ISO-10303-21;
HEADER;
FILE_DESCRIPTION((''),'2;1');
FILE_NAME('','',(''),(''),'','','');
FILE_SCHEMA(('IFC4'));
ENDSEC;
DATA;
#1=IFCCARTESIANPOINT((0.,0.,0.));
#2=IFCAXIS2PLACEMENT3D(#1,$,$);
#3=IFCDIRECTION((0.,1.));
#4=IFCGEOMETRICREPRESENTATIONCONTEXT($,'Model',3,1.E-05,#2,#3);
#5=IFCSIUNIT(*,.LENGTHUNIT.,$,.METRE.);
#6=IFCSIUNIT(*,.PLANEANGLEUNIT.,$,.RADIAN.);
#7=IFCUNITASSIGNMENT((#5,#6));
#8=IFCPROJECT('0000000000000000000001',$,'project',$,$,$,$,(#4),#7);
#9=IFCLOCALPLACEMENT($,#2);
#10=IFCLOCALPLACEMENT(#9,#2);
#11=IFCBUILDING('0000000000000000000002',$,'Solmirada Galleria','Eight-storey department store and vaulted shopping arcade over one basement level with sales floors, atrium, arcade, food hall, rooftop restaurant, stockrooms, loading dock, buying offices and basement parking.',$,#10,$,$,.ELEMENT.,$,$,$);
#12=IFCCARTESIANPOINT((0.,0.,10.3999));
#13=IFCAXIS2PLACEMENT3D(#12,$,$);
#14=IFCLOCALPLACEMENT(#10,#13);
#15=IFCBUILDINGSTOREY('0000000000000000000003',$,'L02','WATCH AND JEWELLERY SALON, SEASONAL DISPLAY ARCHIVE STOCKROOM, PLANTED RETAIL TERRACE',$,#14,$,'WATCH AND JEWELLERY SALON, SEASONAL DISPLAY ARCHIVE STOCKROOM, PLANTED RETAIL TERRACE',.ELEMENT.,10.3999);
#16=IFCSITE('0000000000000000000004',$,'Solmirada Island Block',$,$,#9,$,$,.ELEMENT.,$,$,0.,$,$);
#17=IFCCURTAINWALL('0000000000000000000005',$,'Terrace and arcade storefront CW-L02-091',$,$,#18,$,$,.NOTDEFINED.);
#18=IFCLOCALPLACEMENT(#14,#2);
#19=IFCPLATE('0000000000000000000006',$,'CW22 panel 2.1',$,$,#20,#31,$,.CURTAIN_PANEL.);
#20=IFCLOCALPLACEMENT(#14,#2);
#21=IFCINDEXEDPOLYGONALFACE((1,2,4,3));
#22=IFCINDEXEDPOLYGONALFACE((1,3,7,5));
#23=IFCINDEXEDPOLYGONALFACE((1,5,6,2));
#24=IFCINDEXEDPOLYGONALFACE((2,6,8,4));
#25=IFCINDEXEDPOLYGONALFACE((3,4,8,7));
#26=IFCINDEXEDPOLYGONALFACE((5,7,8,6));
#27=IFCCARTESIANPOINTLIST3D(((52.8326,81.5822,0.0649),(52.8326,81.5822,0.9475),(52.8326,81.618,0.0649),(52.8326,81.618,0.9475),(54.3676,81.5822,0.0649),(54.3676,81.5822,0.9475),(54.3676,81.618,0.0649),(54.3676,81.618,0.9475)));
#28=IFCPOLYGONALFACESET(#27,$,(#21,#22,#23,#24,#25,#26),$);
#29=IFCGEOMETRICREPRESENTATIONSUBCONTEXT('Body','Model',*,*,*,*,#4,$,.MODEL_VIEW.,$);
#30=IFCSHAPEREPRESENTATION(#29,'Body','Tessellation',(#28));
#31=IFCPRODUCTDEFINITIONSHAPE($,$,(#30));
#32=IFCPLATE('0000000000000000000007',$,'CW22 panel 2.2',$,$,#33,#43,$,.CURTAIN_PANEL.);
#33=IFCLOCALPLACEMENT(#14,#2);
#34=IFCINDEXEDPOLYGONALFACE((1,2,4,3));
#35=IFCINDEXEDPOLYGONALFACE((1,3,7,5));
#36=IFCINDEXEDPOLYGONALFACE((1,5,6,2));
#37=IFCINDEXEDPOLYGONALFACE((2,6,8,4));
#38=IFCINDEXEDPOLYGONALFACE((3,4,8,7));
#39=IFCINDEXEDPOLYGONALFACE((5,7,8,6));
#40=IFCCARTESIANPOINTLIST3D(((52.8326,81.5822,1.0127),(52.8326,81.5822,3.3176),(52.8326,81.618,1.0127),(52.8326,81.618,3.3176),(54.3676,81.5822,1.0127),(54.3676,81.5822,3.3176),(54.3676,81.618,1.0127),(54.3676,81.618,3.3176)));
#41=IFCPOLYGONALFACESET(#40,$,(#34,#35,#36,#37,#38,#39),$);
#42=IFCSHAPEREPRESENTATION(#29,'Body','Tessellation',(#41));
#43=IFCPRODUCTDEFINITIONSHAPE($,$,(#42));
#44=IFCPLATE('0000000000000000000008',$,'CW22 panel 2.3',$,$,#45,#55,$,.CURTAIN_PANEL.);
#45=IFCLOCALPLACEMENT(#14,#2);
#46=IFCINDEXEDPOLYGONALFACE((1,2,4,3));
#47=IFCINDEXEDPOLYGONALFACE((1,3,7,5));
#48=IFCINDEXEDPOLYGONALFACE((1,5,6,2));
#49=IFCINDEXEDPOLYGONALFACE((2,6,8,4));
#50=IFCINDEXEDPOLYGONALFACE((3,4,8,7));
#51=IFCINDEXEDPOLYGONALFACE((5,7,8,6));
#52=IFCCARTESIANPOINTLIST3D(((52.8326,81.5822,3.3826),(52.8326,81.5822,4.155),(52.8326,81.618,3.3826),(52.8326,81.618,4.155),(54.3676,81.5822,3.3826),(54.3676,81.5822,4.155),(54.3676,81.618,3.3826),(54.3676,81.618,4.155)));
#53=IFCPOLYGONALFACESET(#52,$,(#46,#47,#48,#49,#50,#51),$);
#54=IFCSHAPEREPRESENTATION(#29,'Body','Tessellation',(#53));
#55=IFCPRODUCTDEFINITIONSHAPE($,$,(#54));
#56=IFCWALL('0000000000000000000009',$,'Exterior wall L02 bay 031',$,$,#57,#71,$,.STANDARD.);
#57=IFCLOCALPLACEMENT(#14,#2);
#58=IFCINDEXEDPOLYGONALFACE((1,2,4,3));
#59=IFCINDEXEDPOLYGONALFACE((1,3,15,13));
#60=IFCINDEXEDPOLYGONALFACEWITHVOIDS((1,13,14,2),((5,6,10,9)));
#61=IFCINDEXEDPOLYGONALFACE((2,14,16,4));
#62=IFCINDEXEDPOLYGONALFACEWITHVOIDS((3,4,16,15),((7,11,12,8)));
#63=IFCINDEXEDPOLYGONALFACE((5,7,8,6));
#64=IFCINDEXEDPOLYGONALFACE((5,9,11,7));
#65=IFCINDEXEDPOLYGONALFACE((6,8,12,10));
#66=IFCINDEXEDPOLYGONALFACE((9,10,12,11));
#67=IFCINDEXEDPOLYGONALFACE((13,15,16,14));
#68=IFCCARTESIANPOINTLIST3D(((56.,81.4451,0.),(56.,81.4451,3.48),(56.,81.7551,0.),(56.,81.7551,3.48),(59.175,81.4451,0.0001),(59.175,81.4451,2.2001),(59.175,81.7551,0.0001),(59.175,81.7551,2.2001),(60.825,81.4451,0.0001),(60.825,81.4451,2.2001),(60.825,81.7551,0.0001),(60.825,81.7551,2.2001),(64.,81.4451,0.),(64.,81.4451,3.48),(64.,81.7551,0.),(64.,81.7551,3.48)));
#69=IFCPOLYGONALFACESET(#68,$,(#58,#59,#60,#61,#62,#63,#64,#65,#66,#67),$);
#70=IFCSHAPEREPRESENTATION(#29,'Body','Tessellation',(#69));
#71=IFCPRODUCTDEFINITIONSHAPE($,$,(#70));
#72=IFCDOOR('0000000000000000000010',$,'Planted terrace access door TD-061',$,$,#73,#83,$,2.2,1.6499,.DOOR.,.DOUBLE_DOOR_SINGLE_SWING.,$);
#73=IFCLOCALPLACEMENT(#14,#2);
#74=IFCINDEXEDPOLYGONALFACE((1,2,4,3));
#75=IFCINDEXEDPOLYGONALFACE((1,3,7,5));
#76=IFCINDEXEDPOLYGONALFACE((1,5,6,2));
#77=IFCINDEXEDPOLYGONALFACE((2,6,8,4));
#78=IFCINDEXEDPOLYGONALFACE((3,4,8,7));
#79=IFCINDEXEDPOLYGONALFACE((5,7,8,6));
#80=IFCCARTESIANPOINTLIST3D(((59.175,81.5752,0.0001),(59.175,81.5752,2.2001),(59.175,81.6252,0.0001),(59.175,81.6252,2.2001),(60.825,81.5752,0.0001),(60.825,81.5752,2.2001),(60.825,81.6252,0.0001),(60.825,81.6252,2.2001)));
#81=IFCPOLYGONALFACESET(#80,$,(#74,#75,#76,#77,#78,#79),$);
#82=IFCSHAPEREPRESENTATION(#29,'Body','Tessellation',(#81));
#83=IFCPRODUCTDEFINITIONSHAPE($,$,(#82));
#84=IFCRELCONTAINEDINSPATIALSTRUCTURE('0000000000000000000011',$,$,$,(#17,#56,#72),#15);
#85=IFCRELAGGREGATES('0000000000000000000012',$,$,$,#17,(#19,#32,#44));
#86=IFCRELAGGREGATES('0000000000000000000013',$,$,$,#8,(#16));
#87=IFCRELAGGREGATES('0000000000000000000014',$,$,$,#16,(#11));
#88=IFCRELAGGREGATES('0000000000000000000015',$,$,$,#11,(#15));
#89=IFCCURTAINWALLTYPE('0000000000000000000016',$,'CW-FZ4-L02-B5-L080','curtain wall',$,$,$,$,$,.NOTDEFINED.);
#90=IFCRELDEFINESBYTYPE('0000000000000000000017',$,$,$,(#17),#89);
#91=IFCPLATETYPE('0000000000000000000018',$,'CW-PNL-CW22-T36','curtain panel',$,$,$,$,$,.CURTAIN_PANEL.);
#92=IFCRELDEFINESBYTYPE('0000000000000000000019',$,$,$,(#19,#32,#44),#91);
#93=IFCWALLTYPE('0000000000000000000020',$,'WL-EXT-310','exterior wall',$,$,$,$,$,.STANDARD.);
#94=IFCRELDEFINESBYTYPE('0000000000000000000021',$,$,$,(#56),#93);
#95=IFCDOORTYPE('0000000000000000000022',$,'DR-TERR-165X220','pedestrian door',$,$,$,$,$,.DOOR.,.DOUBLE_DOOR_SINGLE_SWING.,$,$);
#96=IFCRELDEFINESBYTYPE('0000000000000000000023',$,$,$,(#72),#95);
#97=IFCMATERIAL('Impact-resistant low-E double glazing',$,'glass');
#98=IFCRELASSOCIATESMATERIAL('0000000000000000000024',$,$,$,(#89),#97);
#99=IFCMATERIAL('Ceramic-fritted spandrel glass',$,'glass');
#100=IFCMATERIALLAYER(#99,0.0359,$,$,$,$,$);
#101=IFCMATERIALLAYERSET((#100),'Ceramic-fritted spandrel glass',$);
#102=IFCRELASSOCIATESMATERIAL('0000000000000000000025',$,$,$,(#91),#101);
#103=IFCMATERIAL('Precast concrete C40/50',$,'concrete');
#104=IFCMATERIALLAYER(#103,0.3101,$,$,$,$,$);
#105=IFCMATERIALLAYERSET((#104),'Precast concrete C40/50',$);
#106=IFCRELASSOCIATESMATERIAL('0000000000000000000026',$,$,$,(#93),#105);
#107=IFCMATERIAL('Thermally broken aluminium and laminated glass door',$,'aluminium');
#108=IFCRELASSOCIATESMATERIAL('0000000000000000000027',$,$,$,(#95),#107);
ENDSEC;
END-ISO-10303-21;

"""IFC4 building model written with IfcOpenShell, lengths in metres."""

from ifc_helpers import new_model, si_unit, direction, frame, frame_2d, origin, origin_2d, place, context, subcontext, project, spatial, rectangle, extrude, material, layer, layer_set, type_object, element, fill, aggregate, save


model = new_model("IFC4")

# Units and contexts
model_context = context("Model", 3, precision=1e-05, world=origin(), true_north=direction((0.0, 1.0)))
body_context = subcontext(model_context, "Body", "Model", "MODEL_VIEW")
ifc_project = project(units=[si_unit("LENGTHUNIT", "METRE"), si_unit("PLANEANGLEUNIT", "RADIAN")], contexts=[model_context])

# Site, building, storey
site_placement = place(None, origin())
site = spatial("IfcSite", under=ifc_project, at=site_placement, Name="Solmirada Island Block", CompositionType="ELEMENT", RefElevation=0.0)
building_placement = place(site_placement, origin())
building = spatial("IfcBuilding", under=site, at=building_placement, Name="Solmirada Galleria", Description="Eight-storey department store and vaulted shopping arcade over one basement level with sales floors, atrium, arcade, food hall, rooftop restaurant, stockrooms, loading dock, buying offices and basement parking.", CompositionType="ELEMENT")
storey_placement = place(building_placement, frame((0.0, 0.0, 10.3999)))
storey = spatial("IfcBuildingStorey", under=building, at=storey_placement, Name="L02", Description="WATCH AND JEWELLERY SALON, SEASONAL DISPLAY ARCHIVE STOCKROOM, PLANTED RETAIL TERRACE", LongName="WATCH AND JEWELLERY SALON, SEASONAL DISPLAY ARCHIVE STOCKROOM, PLANTED RETAIL TERRACE", CompositionType="ELEMENT", Elevation=10.3999)

# Curtain wall
ifc_material_1 = material(Name="Impact-resistant low-E double glazing", Category="glass")
curtain_wall_type = type_object("IfcCurtainWallType", Name="CW-FZ4-L02-B5-L080", Description="curtain wall", PredefinedType="NOTDEFINED", material=ifc_material_1)
curtain_wall_1_placement = place(storey_placement, origin())
curtain_wall_1 = element("IfcCurtainWall", 1, at=curtain_wall_1_placement, inside=storey, type_object=curtain_wall_type, Name="Terrace and arcade storefront CW-L02-091", PredefinedType="NOTDEFINED")

# Plates
ifc_material_2 = material(Name="Ceramic-fritted spandrel glass", Category="glass")
ifc_layer_1 = layer(ifc_material_2, 0.0359)
ifc_layer_set_1 = layer_set([ifc_layer_1], Name="Ceramic-fritted spandrel glass")
plate_type = type_object("IfcPlateType", Name="CW-PNL-CW22-T36", Description="curtain panel", PredefinedType="CURTAIN_PANEL", material=ifc_layer_set_1)
plate_1_placement = place(storey_placement, frame((53.6001, 81.6001, 0.0649), z_axis=(0.0, 0.0, 1.0), x_axis=(-1.0, 0.0, 0.0)))
plate_1 = element("IfcPlate", 2, at=plate_1_placement, type_object=plate_type, Name="CW22 panel 2.1", PredefinedType="CURTAIN_PANEL", context=body_context, shape_type="SweptSolid", body=[
    extrude(rectangle(XDim=1.5349, YDim=0.0359, at=origin_2d()), origin(), (0.0, 0.0, 1.0), 0.8826),
])
plate_2_placement = place(storey_placement, frame((53.6001, 81.6001, 1.0127), z_axis=(0.0, 0.0, 1.0), x_axis=(-1.0, 0.0, 0.0)))
plate_2 = element("IfcPlate", 3, at=plate_2_placement, type_object=plate_type, Name="CW22 panel 2.2", PredefinedType="CURTAIN_PANEL", context=body_context, shape_type="SweptSolid", body=[
    extrude(rectangle(XDim=1.5349, YDim=0.0359, at=origin_2d()), origin(), (0.0, 0.0, 1.0), 2.3049),
])
plate_3_placement = place(storey_placement, frame((53.6001, 81.6001, 3.3826), z_axis=(0.0, 0.0, 1.0), x_axis=(-1.0, 0.0, 0.0)))
plate_3 = element("IfcPlate", 4, at=plate_3_placement, type_object=plate_type, Name="CW22 panel 2.3", PredefinedType="CURTAIN_PANEL", context=body_context, shape_type="SweptSolid", body=[
    extrude(rectangle(XDim=1.5349, YDim=0.0359, at=origin_2d()), origin(), (0.0, 0.0, 1.0), 0.7725),
])
aggregate(curtain_wall_1, [plate_1, plate_2, plate_3])

# Wall, opening, door
ifc_material_3 = material(Name="Precast concrete C40/50", Category="concrete")
ifc_layer_2 = layer(ifc_material_3, 0.3101)
ifc_layer_set_2 = layer_set([ifc_layer_2], Name="Precast concrete C40/50")
wall_type = type_object("IfcWallType", Name="WL-EXT-310", Description="exterior wall", PredefinedType="STANDARD", material=ifc_layer_set_2)
wall_placement = place(storey_placement, frame((64.0, 81.6001, 0.0), z_axis=(0.0, 0.0, 1.0), x_axis=(-1.0, 0.0, 0.0)))
wall = element("IfcWall", 5, at=wall_placement, inside=storey, type_object=wall_type, Name="Exterior wall L02 bay 031", PredefinedType="STANDARD", context=body_context, shape_type="SweptSolid", body=[
    extrude(rectangle(XDim=8.0, YDim=0.3101, at=frame_2d((4.0, 0.0))), origin(), (0.0, 0.0, 1.0), 3.48),
])
opening_placement = place(wall_placement, frame((3.175, 0.0, 0.0)))
opening = element("IfcOpeningElement", 6, at=opening_placement, cuts=wall, PredefinedType="OPENING", context=body_context, shape_type="SweptSolid", body=[
    extrude(rectangle(XDim=1.6499, YDim=2.2, at=frame_2d((0.825, 1.1001))), frame((0.0, 0.165, 0.0), z_axis=(0.0, -1.0, 0.0), x_axis=(1.0, 0.0, 0.0)), (0.0, 0.0, 1.0), 0.3301),
])
ifc_material_4 = material(Name="Thermally broken aluminium and laminated glass door", Category="aluminium")
door_type = type_object("IfcDoorType", Name="DR-TERR-165X220", Description="pedestrian door", OperationType="DOUBLE_DOOR_SINGLE_SWING", PredefinedType="DOOR", material=ifc_material_4)
door_placement = place(opening_placement, origin())
door = element("IfcDoor", 7, at=door_placement, inside=storey, type_object=door_type, Name="Planted terrace access door TD-061", OperationType="DOUBLE_DOOR_SINGLE_SWING", OverallHeight=2.2, OverallWidth=1.6499, PredefinedType="DOOR", context=body_context, shape_type="SweptSolid", body=[
    extrude(rectangle(XDim=1.6499, YDim=2.2, at=frame_2d((0.825, 1.1001))), frame((0.0, 0.0249, 0.0), z_axis=(0.0, -1.0, 0.0), x_axis=(1.0, 0.0, 0.0)), (0.0, 0.0, 1.0), 0.05),
])
fill(opening, door)

save(model, "model.ifc")
